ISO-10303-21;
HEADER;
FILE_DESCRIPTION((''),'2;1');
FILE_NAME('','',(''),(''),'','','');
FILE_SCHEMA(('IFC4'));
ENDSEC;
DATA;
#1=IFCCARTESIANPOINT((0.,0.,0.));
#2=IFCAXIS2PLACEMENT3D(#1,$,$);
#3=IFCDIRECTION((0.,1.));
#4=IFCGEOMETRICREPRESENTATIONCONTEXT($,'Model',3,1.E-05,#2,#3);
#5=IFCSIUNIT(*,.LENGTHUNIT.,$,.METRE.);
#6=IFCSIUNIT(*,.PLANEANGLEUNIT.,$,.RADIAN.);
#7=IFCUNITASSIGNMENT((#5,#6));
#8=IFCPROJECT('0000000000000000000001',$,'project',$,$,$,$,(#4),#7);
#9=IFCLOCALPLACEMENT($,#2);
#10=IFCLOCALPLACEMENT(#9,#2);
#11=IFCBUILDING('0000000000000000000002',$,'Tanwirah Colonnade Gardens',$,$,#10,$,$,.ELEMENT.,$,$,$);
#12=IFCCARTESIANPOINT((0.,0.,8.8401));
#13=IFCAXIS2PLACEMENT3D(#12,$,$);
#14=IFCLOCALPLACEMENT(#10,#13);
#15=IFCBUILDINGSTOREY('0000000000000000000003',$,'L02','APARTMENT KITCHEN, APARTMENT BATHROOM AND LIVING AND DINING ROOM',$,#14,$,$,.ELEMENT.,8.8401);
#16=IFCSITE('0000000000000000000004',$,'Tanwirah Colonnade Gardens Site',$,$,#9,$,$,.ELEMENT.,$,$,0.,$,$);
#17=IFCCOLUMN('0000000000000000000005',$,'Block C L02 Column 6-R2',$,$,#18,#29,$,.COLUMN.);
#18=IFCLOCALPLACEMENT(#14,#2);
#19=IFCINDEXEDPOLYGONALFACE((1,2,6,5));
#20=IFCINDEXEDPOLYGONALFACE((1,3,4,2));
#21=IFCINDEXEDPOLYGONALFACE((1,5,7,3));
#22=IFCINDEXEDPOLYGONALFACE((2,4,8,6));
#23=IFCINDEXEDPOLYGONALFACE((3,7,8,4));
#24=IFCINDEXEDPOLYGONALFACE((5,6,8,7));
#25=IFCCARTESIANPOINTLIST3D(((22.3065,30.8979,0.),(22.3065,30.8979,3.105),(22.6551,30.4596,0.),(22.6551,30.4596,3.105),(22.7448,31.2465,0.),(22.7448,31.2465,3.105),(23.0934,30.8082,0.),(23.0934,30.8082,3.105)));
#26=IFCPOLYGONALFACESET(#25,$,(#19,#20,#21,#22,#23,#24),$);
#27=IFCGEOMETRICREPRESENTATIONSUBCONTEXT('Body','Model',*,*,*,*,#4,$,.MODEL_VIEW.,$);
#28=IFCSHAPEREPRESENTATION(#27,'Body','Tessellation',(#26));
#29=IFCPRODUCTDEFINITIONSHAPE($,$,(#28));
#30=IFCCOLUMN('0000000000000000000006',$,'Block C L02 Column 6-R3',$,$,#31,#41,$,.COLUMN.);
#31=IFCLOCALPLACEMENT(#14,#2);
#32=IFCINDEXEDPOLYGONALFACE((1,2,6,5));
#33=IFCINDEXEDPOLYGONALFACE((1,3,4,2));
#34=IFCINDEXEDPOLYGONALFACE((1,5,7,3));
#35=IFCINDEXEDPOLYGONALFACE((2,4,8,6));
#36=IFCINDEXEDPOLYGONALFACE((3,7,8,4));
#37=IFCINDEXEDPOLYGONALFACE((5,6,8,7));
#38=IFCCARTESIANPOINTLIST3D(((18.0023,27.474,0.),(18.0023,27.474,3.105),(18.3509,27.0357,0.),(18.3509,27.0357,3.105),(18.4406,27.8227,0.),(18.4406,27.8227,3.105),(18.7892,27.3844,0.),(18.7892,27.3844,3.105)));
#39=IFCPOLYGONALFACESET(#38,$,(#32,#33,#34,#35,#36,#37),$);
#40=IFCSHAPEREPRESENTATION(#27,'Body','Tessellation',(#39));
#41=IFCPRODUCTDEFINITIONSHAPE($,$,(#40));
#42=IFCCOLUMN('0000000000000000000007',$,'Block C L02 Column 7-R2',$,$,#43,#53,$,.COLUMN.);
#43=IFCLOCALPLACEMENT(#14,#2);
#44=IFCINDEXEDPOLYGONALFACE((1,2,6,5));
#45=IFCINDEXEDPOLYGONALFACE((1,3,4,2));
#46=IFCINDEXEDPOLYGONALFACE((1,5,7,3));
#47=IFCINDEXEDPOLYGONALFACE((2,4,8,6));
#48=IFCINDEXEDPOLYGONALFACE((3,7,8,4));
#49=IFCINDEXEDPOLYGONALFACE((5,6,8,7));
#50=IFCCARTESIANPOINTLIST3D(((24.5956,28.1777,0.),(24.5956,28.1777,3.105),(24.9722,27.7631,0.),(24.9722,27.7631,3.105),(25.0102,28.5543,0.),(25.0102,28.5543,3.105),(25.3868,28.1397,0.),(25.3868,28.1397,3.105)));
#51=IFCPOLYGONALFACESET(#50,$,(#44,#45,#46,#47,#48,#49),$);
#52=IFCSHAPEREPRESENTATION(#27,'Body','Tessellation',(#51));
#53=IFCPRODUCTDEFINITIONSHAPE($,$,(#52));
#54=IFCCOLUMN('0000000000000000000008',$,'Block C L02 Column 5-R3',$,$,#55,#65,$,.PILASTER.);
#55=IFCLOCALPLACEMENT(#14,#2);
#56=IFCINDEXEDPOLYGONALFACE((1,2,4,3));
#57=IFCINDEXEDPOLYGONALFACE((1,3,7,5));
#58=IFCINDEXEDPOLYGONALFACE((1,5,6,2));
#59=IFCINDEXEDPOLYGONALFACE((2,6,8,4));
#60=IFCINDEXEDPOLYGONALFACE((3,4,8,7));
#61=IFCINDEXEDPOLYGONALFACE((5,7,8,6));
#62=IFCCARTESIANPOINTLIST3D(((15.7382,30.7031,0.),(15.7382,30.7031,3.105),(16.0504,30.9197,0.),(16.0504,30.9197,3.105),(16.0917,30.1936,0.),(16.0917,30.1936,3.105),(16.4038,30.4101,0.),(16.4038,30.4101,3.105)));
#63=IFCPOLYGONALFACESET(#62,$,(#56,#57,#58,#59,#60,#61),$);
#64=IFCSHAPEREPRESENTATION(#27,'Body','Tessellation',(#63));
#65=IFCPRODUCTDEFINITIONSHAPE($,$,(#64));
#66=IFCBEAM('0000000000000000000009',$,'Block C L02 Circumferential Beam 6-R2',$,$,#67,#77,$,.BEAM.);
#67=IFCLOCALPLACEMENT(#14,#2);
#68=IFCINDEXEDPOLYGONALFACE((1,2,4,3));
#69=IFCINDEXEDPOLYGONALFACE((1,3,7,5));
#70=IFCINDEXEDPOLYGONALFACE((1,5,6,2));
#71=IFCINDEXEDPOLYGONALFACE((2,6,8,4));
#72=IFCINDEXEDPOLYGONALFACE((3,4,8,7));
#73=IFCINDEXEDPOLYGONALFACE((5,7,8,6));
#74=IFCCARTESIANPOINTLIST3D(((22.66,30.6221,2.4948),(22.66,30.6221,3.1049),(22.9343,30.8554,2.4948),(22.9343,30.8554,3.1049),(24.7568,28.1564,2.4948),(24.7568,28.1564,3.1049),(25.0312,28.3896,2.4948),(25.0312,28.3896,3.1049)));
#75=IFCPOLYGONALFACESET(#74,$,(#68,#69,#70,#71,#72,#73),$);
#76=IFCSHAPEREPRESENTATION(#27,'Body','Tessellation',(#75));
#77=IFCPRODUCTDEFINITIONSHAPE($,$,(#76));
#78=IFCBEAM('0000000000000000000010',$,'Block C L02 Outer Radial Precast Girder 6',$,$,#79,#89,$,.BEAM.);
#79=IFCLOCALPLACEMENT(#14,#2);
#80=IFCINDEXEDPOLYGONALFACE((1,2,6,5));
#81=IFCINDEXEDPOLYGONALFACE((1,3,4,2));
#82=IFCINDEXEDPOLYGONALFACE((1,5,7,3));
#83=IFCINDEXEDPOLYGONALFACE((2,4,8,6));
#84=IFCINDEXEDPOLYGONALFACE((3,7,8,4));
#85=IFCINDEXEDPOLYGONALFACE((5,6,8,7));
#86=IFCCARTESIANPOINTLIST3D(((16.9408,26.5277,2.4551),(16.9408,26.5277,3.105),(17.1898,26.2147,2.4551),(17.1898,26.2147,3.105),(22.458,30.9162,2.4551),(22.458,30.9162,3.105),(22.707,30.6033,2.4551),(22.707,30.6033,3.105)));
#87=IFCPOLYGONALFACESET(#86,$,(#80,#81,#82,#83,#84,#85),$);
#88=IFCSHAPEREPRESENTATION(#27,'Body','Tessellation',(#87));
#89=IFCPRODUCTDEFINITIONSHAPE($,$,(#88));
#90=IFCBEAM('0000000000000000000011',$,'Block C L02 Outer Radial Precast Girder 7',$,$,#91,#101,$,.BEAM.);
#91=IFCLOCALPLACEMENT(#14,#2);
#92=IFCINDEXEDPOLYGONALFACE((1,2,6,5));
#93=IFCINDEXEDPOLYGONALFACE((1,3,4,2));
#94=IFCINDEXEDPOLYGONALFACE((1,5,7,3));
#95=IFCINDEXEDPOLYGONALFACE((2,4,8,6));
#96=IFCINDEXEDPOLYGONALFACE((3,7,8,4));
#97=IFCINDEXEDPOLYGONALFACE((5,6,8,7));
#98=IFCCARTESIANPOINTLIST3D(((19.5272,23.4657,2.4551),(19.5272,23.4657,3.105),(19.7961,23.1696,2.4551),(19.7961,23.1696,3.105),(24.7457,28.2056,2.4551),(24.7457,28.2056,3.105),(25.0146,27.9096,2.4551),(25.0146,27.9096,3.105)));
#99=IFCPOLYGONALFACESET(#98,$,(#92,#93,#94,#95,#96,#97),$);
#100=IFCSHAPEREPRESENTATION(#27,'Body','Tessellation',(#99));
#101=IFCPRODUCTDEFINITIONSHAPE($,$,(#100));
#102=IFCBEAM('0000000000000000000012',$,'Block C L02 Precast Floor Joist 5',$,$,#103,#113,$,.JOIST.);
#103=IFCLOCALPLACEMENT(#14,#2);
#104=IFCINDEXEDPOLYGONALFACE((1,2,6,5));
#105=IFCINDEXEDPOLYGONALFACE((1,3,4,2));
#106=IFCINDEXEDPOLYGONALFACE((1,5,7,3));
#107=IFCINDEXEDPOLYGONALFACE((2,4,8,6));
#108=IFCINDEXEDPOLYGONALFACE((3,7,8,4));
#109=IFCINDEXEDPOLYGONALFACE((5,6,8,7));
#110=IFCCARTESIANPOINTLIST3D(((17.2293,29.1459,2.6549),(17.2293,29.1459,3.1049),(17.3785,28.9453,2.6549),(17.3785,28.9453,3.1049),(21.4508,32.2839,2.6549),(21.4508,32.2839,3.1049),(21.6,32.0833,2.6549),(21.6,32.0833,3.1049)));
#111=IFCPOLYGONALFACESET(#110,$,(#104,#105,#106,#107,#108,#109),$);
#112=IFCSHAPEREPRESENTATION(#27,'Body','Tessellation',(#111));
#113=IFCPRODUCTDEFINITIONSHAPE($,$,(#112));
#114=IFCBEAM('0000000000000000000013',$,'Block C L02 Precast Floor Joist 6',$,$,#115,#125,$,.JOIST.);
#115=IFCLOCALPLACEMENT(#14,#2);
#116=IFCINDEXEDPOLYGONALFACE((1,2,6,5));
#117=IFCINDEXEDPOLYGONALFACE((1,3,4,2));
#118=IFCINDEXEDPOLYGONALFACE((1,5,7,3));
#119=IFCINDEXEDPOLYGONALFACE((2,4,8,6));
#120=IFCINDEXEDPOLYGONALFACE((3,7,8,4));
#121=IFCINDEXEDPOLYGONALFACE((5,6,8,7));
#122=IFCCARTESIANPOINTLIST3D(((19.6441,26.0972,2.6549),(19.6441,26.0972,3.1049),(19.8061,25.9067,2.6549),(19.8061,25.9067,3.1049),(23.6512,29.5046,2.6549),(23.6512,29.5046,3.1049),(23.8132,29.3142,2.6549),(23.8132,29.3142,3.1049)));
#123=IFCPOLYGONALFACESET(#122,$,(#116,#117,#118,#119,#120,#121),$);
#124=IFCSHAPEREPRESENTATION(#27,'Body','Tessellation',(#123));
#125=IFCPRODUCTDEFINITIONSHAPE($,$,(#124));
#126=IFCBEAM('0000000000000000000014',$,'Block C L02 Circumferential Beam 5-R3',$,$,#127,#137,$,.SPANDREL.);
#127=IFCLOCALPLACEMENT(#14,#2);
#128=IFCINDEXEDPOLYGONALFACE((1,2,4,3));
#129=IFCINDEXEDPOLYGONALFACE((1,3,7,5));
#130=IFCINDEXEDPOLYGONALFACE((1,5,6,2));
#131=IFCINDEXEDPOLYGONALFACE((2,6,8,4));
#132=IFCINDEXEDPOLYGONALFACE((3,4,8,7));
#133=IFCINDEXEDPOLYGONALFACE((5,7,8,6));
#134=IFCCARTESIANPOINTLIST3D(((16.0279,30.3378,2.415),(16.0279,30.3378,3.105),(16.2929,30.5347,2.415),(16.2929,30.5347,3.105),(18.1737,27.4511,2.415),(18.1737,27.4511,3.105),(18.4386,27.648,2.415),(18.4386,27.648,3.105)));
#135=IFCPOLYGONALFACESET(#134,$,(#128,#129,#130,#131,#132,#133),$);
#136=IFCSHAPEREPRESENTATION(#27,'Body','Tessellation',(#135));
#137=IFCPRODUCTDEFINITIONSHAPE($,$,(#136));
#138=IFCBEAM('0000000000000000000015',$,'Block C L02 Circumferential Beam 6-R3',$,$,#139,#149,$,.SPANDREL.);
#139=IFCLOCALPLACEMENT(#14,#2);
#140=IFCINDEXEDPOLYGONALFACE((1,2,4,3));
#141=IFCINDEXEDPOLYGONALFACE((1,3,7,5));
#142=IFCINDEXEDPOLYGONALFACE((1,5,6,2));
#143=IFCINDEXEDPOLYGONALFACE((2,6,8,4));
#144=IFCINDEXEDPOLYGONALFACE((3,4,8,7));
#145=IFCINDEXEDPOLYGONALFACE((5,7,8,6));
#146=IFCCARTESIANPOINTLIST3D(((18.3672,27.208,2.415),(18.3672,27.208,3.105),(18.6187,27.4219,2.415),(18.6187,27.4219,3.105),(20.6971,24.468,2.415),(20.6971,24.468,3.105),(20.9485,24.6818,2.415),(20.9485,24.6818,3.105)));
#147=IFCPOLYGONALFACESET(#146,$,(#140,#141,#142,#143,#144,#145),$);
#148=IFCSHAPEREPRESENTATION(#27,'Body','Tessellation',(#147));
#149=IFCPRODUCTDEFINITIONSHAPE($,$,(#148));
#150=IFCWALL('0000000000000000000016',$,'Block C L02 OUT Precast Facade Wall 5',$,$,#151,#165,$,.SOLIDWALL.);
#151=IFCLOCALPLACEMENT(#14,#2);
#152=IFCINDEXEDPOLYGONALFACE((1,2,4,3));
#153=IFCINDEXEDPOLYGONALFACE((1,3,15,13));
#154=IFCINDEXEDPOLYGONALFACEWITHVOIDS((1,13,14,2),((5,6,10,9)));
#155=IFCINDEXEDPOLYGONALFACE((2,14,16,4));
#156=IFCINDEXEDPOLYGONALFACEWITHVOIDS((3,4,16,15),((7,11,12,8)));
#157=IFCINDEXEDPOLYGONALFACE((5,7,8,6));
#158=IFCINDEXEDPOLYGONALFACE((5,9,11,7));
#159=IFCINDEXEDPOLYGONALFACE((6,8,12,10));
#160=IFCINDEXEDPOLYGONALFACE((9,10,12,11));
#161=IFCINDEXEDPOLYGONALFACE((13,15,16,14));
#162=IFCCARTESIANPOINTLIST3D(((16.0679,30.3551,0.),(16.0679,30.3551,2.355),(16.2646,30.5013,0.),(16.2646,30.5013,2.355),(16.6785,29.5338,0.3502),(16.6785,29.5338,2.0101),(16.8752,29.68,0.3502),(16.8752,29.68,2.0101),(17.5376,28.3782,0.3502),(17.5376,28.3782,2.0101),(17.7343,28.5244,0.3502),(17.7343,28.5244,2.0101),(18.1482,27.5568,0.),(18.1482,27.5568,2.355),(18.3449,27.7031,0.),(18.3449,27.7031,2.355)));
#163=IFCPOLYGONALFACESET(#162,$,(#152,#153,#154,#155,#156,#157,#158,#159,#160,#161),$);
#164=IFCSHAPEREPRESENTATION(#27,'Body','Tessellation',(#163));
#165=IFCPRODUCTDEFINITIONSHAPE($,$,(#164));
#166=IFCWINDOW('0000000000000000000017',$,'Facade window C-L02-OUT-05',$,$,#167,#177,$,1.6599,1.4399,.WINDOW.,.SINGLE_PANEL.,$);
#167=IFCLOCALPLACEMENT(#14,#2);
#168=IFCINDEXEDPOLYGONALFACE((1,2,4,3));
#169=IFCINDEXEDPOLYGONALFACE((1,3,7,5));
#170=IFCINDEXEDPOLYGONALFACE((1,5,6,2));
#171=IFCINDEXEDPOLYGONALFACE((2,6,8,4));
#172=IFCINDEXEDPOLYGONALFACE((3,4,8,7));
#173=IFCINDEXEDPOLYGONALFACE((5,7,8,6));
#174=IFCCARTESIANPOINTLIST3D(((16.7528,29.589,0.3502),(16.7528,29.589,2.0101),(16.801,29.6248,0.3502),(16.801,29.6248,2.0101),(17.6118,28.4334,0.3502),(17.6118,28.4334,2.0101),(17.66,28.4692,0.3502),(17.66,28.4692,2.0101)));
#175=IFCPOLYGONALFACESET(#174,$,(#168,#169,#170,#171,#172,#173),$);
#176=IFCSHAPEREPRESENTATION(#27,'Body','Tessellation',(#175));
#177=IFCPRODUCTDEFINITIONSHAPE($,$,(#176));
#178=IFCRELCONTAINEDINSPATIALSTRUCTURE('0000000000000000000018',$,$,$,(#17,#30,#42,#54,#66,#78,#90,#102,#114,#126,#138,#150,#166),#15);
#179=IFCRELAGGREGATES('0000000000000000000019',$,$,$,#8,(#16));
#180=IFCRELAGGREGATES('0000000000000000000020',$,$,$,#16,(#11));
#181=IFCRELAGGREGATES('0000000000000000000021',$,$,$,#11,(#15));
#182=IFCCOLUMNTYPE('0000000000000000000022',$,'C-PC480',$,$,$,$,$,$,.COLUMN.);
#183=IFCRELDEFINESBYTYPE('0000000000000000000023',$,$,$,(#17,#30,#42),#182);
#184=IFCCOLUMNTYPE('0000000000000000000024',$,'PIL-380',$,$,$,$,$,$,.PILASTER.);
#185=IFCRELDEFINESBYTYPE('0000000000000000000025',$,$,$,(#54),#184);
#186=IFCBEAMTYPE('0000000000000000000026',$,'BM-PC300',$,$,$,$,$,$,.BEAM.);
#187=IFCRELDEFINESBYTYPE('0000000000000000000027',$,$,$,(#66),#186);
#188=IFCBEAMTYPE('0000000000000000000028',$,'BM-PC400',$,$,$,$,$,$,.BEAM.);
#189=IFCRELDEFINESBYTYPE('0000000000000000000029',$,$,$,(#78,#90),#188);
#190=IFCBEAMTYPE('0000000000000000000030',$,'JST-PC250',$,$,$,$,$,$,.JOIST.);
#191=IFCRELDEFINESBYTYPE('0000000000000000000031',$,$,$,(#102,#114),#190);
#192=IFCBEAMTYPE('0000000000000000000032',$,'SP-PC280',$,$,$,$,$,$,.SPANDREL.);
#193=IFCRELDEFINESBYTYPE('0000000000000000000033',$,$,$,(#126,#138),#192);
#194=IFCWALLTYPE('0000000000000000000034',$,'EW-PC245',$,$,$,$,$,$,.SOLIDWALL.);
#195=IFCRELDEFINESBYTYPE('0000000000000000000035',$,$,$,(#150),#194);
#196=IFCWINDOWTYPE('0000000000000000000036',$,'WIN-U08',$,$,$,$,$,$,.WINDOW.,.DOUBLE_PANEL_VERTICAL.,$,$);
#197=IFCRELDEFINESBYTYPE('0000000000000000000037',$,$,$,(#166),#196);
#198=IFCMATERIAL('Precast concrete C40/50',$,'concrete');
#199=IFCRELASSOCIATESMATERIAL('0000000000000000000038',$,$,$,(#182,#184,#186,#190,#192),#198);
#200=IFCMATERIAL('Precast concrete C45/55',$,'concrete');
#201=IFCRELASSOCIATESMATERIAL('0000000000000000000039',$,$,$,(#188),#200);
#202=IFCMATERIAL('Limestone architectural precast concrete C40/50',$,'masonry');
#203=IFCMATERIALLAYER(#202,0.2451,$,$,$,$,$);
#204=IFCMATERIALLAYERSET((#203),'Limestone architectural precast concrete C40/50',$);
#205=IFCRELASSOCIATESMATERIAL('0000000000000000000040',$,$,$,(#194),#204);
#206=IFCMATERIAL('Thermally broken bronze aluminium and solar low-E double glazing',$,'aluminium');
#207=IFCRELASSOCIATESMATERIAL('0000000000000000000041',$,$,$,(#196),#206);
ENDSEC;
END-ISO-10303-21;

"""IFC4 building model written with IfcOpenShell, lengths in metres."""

from ifc_helpers import new_model, si_unit, direction, frame, frame_2d, origin, origin_2d, place, context, subcontext, project, spatial, rectangle, extrude, material, layer, layer_set, material_profile, profile_set, type_object, element, fill, save


model = new_model("IFC4")

# Units and contexts
model_context = context("Model", 3, precision=1e-05, world=origin(), true_north=direction((0.0, 1.0)))
body_context = subcontext(model_context, "Body", "Model", "MODEL_VIEW")
ifc_project = project(units=[si_unit("LENGTHUNIT", "METRE"), si_unit("PLANEANGLEUNIT", "RADIAN")], contexts=[model_context])

# Site, building, storey
site_placement = place(None, origin())
site = spatial("IfcSite", under=ifc_project, at=site_placement, Name="Tanwirah Colonnade Gardens Site", CompositionType="ELEMENT", RefElevation=0.0)
building_placement = place(site_placement, origin())
building = spatial("IfcBuilding", under=site, at=building_placement, Name="Tanwirah Colonnade Gardens", CompositionType="ELEMENT")
storey_placement = place(building_placement, frame((0.0, 0.0, 8.8401)))
storey = spatial("IfcBuildingStorey", under=building, at=storey_placement, Name="L02", Description="APARTMENT KITCHEN, APARTMENT BATHROOM AND LIVING AND DINING ROOM", CompositionType="ELEMENT", Elevation=8.8401)

# Columns
ifc_material_1 = material(Name="Precast concrete C40/50", Category="concrete")
ifc_material_profile_1 = material_profile(ifc_material_1, rectangle(XDim=0.5601, YDim=0.5601, at=origin_2d()), Name="PC-COL 560x560")
ifc_profile_set_1 = profile_set([ifc_material_profile_1], Name="Precast concrete C40/50")
column_type_1 = type_object("IfcColumnType", Name="C-PC480", PredefinedType="COLUMN", material=ifc_profile_set_1)
for number, where, z_axis, x_axis, name in (
    (1, (22.7, 30.853, 0.0), (0.0, 0.0, 1.0), (-0.782608, -0.622515, 0.0), "Block C L02 Column 6-R2"),
    (2, (18.3958, 27.4292, 0.0), (0.0, 0.0, 1.0), (-0.782608, -0.622515, 0.0), "Block C L02 Column 6-R3"),
    (3, (24.9912, 28.1587, 0.0), (0.0, 0.0, 1.0), (-0.740218, -0.672367, 0.0), "Block C L02 Column 7-R2"),
):
    element("IfcColumn", number, at=place(storey_placement, frame(where, z_axis=z_axis, x_axis=x_axis)), inside=storey, type_object=column_type_1, Name=name, PredefinedType="COLUMN", context=body_context, shape_type="SweptSolid", body=[
        extrude(rectangle(XDim=0.5601, YDim=0.5601, at=origin_2d()), origin(), (0.0, 0.0, 1.0), 3.105),
    ])
ifc_material_profile_2 = material_profile(ifc_material_1, rectangle(XDim=0.3799, YDim=0.6201, at=origin_2d()), Name="PC-PIL 380x620")
ifc_profile_set_2 = profile_set([ifc_material_profile_2], Name="Precast concrete C40/50")
column_type_2 = type_object("IfcColumnType", Name="PIL-380", PredefinedType="PILASTER", material=ifc_profile_set_2)
column_placement = place(storey_placement, frame((16.071, 30.5566, 0.0), z_axis=(0.0, 0.0, 1.0), x_axis=(-0.821647, -0.569997, 0.0)))
element("IfcColumn", 4, at=column_placement, inside=storey, type_object=column_type_2, Name="Block C L02 Column 5-R3", PredefinedType="PILASTER", context=body_context, shape_type="SweptSolid", body=[
    extrude(rectangle(XDim=0.3799, YDim=0.6201, at=origin_2d()), origin(), (0.0, 0.0, 1.0), 3.105),
])

# Beams
ifc_material_profile_3 = material_profile(ifc_material_1, rectangle(XDim=0.3601, YDim=0.6101, at=origin_2d()), Name="PC-BM 360x610")
ifc_profile_set_3 = profile_set([ifc_material_profile_3], Name="Precast concrete C40/50")
beam_type_1 = type_object("IfcBeamType", Name="BM-PC300", PredefinedType="BEAM", material=ifc_profile_set_3)
beam_1_placement = place(storey_placement, frame((22.7971, 30.7388, 2.7998), z_axis=(0.647824, -0.76179, 0.0), x_axis=(0.76179, 0.647824, 0.0)))
element("IfcBeam", 5, at=beam_1_placement, inside=storey, type_object=beam_type_1, Name="Block C L02 Circumferential Beam 6-R2", PredefinedType="BEAM", context=body_context, shape_type="SweptSolid", body=[
    extrude(rectangle(XDim=0.3601, YDim=0.6101, at=origin_2d()), origin(), (0.0, 0.0, 1.0), 3.2368),
])
ifc_material_2 = material(Name="Precast concrete C45/55", Category="concrete")
ifc_material_profile_4 = material_profile(ifc_material_2, rectangle(XDim=0.3999, YDim=0.6499, at=origin_2d()), Name="PC-BM 400x650")
ifc_profile_set_4 = profile_set([ifc_material_profile_4], Name="Precast concrete C45/55")
beam_type_2 = type_object("IfcBeamType", Name="BM-PC400", PredefinedType="BEAM", material=ifc_profile_set_4)
for number, where, z_axis, x_axis, name in (
    (6, (22.5825, 30.7598, 2.78), (-0.782609, -0.622513, 0.0), (0.622513, -0.782609, 0.0), "Block C L02 Outer Radial Precast Girder 6"),
    (7, (24.8801, 28.0576, 2.78), (-0.74023, -0.672354, 0.0), (0.672354, -0.74023, 0.0), "Block C L02 Outer Radial Precast Girder 7"),
):
    element("IfcBeam", number, at=place(storey_placement, frame(where, z_axis=z_axis, x_axis=x_axis)), inside=storey, type_object=beam_type_2, Name=name, PredefinedType="BEAM", context=body_context, shape_type="SweptSolid", body=[
        extrude(rectangle(XDim=0.3999, YDim=0.6499, at=origin_2d()), origin(), (0.0, 0.0, 1.0), 7.0498),
    ])
ifc_material_profile_5 = material_profile(ifc_material_1, rectangle(XDim=0.25, YDim=0.45, at=origin_2d()), Name="PC-JST 250x450")
ifc_profile_set_5 = profile_set([ifc_material_profile_5], Name="Precast concrete C40/50")
beam_type_3 = type_object("IfcBeamType", Name="JST-PC250", PredefinedType="JOIST", material=ifc_profile_set_5)
for number, where, z_axis, x_axis, name in (
    (8, (21.5254, 32.1836, 2.8799), (-0.80256, -0.596571, 0.0), (0.596571, -0.80256, 0.0), "Block C L02 Precast Floor Joist 5"),
    (9, (23.7322, 29.4094, 2.8799), (-0.761803, -0.647809, 0.0), (0.647809, -0.761803, 0.0), "Block C L02 Precast Floor Joist 6"),
):
    element("IfcBeam", number, at=place(storey_placement, frame(where, z_axis=z_axis, x_axis=x_axis)), inside=storey, type_object=beam_type_3, Name=name, PredefinedType="JOIST", context=body_context, shape_type="SweptSolid", body=[
        extrude(rectangle(XDim=0.25, YDim=0.45, at=origin_2d()), origin(), (0.0, 0.0, 1.0), 5.26),
    ])
ifc_material_profile_6 = material_profile(ifc_material_1, rectangle(XDim=0.3301, YDim=0.6899, at=origin_2d()), Name="PC-SP 330x690")
ifc_profile_set_6 = profile_set([ifc_material_profile_6], Name="Precast concrete C40/50")
beam_type_4 = type_object("IfcBeamType", Name="SP-PC280", PredefinedType="SPANDREL", material=ifc_profile_set_6)
beam_2_placement = place(storey_placement, frame((16.1604, 30.4363, 2.76), z_axis=(0.596563, -0.802566, 0.0), x_axis=(0.802566, 0.596563, 0.0)))
element("IfcBeam", 10, at=beam_2_placement, inside=storey, type_object=beam_type_4, Name="Block C L02 Circumferential Beam 5-R3", PredefinedType="SPANDREL", context=body_context, shape_type="SweptSolid", body=[
    extrude(rectangle(XDim=0.3301, YDim=0.6899, at=origin_2d()), origin(), (0.0, 0.0, 1.0), 3.5969),
])
beam_3_placement = place(storey_placement, frame((18.4929, 27.3149, 2.76), z_axis=(0.647784, -0.761824, 0.0), x_axis=(0.761824, 0.647784, 0.0)))
element("IfcBeam", 11, at=beam_3_placement, inside=storey, type_object=beam_type_4, Name="Block C L02 Circumferential Beam 6-R3", PredefinedType="SPANDREL", context=body_context, shape_type="SweptSolid", body=[
    extrude(rectangle(XDim=0.3301, YDim=0.6899, at=origin_2d()), origin(), (0.0, 0.0, 1.0), 3.5967),
])

# Wall, opening, window
ifc_material_3 = material(Name="Limestone architectural precast concrete C40/50", Category="masonry")
ifc_layer_1 = layer(ifc_material_3, 0.2451)
ifc_layer_set_1 = layer_set([ifc_layer_1], Name="Limestone architectural precast concrete C40/50")
wall_type_1 = type_object("IfcWallType", Name="EW-PC245", PredefinedType="SOLIDWALL", material=ifc_layer_set_1)
wall_1_placement = place(storey_placement, frame((16.1663, 30.4282, 0.0), z_axis=(0.0, 0.0, 1.0), x_axis=(0.596611, -0.80253, 0.0)))
wall_1 = element("IfcWall", 12, at=wall_1_placement, inside=storey, type_object=wall_type_1, Name="Block C L02 OUT Precast Facade Wall 5", PredefinedType="SOLIDWALL", context=body_context, shape_type="SweptSolid", body=[
    extrude(rectangle(XDim=3.4868, YDim=0.2451, at=frame_2d((1.7434, 0.0))), origin(), (0.0, 0.0, 1.0), 2.355),
])
opening_1_placement = place(wall_1_placement, frame((1.0234, 0.0, 0.3501)))
opening_1 = element("IfcOpeningElement", 13, at=opening_1_placement, cuts=wall_1, PredefinedType="OPENING", context=body_context, shape_type="SweptSolid", body=[
    extrude(rectangle(XDim=1.4399, YDim=1.6599, at=frame_2d((0.72, 0.8301))), frame((0.0, 0.1326, 0.0), z_axis=(0.0, -1.0, 0.0), x_axis=(1.0, 0.0, 0.0)), (0.0, 0.0, 1.0), 0.2651),
])
ifc_material_4 = material(Name="Thermally broken bronze aluminium and solar low-E double glazing", Category="aluminium")
window_type = type_object("IfcWindowType", Name="WIN-U08", PartitioningType="DOUBLE_PANEL_VERTICAL", PredefinedType="WINDOW", material=ifc_material_4)
window_placement = place(opening_1_placement, origin())
window = element("IfcWindow", 14, at=window_placement, inside=storey, type_object=window_type, Name="Facade window C-L02-OUT-05", OverallHeight=1.6599, OverallWidth=1.4399, PartitioningType="SINGLE_PANEL", PredefinedType="WINDOW", context=body_context, shape_type="SweptSolid", body=[
    extrude(rectangle(XDim=1.4399, YDim=1.6599, at=frame_2d((0.72, 0.8301))), frame((0.0, 0.03, 0.0), z_axis=(0.0, -1.0, 0.0), x_axis=(1.0, 0.0, 0.0)), (0.0, 0.0, 1.0), 0.0601),
])
fill(opening_1, window)

save(model, "model.ifc")
